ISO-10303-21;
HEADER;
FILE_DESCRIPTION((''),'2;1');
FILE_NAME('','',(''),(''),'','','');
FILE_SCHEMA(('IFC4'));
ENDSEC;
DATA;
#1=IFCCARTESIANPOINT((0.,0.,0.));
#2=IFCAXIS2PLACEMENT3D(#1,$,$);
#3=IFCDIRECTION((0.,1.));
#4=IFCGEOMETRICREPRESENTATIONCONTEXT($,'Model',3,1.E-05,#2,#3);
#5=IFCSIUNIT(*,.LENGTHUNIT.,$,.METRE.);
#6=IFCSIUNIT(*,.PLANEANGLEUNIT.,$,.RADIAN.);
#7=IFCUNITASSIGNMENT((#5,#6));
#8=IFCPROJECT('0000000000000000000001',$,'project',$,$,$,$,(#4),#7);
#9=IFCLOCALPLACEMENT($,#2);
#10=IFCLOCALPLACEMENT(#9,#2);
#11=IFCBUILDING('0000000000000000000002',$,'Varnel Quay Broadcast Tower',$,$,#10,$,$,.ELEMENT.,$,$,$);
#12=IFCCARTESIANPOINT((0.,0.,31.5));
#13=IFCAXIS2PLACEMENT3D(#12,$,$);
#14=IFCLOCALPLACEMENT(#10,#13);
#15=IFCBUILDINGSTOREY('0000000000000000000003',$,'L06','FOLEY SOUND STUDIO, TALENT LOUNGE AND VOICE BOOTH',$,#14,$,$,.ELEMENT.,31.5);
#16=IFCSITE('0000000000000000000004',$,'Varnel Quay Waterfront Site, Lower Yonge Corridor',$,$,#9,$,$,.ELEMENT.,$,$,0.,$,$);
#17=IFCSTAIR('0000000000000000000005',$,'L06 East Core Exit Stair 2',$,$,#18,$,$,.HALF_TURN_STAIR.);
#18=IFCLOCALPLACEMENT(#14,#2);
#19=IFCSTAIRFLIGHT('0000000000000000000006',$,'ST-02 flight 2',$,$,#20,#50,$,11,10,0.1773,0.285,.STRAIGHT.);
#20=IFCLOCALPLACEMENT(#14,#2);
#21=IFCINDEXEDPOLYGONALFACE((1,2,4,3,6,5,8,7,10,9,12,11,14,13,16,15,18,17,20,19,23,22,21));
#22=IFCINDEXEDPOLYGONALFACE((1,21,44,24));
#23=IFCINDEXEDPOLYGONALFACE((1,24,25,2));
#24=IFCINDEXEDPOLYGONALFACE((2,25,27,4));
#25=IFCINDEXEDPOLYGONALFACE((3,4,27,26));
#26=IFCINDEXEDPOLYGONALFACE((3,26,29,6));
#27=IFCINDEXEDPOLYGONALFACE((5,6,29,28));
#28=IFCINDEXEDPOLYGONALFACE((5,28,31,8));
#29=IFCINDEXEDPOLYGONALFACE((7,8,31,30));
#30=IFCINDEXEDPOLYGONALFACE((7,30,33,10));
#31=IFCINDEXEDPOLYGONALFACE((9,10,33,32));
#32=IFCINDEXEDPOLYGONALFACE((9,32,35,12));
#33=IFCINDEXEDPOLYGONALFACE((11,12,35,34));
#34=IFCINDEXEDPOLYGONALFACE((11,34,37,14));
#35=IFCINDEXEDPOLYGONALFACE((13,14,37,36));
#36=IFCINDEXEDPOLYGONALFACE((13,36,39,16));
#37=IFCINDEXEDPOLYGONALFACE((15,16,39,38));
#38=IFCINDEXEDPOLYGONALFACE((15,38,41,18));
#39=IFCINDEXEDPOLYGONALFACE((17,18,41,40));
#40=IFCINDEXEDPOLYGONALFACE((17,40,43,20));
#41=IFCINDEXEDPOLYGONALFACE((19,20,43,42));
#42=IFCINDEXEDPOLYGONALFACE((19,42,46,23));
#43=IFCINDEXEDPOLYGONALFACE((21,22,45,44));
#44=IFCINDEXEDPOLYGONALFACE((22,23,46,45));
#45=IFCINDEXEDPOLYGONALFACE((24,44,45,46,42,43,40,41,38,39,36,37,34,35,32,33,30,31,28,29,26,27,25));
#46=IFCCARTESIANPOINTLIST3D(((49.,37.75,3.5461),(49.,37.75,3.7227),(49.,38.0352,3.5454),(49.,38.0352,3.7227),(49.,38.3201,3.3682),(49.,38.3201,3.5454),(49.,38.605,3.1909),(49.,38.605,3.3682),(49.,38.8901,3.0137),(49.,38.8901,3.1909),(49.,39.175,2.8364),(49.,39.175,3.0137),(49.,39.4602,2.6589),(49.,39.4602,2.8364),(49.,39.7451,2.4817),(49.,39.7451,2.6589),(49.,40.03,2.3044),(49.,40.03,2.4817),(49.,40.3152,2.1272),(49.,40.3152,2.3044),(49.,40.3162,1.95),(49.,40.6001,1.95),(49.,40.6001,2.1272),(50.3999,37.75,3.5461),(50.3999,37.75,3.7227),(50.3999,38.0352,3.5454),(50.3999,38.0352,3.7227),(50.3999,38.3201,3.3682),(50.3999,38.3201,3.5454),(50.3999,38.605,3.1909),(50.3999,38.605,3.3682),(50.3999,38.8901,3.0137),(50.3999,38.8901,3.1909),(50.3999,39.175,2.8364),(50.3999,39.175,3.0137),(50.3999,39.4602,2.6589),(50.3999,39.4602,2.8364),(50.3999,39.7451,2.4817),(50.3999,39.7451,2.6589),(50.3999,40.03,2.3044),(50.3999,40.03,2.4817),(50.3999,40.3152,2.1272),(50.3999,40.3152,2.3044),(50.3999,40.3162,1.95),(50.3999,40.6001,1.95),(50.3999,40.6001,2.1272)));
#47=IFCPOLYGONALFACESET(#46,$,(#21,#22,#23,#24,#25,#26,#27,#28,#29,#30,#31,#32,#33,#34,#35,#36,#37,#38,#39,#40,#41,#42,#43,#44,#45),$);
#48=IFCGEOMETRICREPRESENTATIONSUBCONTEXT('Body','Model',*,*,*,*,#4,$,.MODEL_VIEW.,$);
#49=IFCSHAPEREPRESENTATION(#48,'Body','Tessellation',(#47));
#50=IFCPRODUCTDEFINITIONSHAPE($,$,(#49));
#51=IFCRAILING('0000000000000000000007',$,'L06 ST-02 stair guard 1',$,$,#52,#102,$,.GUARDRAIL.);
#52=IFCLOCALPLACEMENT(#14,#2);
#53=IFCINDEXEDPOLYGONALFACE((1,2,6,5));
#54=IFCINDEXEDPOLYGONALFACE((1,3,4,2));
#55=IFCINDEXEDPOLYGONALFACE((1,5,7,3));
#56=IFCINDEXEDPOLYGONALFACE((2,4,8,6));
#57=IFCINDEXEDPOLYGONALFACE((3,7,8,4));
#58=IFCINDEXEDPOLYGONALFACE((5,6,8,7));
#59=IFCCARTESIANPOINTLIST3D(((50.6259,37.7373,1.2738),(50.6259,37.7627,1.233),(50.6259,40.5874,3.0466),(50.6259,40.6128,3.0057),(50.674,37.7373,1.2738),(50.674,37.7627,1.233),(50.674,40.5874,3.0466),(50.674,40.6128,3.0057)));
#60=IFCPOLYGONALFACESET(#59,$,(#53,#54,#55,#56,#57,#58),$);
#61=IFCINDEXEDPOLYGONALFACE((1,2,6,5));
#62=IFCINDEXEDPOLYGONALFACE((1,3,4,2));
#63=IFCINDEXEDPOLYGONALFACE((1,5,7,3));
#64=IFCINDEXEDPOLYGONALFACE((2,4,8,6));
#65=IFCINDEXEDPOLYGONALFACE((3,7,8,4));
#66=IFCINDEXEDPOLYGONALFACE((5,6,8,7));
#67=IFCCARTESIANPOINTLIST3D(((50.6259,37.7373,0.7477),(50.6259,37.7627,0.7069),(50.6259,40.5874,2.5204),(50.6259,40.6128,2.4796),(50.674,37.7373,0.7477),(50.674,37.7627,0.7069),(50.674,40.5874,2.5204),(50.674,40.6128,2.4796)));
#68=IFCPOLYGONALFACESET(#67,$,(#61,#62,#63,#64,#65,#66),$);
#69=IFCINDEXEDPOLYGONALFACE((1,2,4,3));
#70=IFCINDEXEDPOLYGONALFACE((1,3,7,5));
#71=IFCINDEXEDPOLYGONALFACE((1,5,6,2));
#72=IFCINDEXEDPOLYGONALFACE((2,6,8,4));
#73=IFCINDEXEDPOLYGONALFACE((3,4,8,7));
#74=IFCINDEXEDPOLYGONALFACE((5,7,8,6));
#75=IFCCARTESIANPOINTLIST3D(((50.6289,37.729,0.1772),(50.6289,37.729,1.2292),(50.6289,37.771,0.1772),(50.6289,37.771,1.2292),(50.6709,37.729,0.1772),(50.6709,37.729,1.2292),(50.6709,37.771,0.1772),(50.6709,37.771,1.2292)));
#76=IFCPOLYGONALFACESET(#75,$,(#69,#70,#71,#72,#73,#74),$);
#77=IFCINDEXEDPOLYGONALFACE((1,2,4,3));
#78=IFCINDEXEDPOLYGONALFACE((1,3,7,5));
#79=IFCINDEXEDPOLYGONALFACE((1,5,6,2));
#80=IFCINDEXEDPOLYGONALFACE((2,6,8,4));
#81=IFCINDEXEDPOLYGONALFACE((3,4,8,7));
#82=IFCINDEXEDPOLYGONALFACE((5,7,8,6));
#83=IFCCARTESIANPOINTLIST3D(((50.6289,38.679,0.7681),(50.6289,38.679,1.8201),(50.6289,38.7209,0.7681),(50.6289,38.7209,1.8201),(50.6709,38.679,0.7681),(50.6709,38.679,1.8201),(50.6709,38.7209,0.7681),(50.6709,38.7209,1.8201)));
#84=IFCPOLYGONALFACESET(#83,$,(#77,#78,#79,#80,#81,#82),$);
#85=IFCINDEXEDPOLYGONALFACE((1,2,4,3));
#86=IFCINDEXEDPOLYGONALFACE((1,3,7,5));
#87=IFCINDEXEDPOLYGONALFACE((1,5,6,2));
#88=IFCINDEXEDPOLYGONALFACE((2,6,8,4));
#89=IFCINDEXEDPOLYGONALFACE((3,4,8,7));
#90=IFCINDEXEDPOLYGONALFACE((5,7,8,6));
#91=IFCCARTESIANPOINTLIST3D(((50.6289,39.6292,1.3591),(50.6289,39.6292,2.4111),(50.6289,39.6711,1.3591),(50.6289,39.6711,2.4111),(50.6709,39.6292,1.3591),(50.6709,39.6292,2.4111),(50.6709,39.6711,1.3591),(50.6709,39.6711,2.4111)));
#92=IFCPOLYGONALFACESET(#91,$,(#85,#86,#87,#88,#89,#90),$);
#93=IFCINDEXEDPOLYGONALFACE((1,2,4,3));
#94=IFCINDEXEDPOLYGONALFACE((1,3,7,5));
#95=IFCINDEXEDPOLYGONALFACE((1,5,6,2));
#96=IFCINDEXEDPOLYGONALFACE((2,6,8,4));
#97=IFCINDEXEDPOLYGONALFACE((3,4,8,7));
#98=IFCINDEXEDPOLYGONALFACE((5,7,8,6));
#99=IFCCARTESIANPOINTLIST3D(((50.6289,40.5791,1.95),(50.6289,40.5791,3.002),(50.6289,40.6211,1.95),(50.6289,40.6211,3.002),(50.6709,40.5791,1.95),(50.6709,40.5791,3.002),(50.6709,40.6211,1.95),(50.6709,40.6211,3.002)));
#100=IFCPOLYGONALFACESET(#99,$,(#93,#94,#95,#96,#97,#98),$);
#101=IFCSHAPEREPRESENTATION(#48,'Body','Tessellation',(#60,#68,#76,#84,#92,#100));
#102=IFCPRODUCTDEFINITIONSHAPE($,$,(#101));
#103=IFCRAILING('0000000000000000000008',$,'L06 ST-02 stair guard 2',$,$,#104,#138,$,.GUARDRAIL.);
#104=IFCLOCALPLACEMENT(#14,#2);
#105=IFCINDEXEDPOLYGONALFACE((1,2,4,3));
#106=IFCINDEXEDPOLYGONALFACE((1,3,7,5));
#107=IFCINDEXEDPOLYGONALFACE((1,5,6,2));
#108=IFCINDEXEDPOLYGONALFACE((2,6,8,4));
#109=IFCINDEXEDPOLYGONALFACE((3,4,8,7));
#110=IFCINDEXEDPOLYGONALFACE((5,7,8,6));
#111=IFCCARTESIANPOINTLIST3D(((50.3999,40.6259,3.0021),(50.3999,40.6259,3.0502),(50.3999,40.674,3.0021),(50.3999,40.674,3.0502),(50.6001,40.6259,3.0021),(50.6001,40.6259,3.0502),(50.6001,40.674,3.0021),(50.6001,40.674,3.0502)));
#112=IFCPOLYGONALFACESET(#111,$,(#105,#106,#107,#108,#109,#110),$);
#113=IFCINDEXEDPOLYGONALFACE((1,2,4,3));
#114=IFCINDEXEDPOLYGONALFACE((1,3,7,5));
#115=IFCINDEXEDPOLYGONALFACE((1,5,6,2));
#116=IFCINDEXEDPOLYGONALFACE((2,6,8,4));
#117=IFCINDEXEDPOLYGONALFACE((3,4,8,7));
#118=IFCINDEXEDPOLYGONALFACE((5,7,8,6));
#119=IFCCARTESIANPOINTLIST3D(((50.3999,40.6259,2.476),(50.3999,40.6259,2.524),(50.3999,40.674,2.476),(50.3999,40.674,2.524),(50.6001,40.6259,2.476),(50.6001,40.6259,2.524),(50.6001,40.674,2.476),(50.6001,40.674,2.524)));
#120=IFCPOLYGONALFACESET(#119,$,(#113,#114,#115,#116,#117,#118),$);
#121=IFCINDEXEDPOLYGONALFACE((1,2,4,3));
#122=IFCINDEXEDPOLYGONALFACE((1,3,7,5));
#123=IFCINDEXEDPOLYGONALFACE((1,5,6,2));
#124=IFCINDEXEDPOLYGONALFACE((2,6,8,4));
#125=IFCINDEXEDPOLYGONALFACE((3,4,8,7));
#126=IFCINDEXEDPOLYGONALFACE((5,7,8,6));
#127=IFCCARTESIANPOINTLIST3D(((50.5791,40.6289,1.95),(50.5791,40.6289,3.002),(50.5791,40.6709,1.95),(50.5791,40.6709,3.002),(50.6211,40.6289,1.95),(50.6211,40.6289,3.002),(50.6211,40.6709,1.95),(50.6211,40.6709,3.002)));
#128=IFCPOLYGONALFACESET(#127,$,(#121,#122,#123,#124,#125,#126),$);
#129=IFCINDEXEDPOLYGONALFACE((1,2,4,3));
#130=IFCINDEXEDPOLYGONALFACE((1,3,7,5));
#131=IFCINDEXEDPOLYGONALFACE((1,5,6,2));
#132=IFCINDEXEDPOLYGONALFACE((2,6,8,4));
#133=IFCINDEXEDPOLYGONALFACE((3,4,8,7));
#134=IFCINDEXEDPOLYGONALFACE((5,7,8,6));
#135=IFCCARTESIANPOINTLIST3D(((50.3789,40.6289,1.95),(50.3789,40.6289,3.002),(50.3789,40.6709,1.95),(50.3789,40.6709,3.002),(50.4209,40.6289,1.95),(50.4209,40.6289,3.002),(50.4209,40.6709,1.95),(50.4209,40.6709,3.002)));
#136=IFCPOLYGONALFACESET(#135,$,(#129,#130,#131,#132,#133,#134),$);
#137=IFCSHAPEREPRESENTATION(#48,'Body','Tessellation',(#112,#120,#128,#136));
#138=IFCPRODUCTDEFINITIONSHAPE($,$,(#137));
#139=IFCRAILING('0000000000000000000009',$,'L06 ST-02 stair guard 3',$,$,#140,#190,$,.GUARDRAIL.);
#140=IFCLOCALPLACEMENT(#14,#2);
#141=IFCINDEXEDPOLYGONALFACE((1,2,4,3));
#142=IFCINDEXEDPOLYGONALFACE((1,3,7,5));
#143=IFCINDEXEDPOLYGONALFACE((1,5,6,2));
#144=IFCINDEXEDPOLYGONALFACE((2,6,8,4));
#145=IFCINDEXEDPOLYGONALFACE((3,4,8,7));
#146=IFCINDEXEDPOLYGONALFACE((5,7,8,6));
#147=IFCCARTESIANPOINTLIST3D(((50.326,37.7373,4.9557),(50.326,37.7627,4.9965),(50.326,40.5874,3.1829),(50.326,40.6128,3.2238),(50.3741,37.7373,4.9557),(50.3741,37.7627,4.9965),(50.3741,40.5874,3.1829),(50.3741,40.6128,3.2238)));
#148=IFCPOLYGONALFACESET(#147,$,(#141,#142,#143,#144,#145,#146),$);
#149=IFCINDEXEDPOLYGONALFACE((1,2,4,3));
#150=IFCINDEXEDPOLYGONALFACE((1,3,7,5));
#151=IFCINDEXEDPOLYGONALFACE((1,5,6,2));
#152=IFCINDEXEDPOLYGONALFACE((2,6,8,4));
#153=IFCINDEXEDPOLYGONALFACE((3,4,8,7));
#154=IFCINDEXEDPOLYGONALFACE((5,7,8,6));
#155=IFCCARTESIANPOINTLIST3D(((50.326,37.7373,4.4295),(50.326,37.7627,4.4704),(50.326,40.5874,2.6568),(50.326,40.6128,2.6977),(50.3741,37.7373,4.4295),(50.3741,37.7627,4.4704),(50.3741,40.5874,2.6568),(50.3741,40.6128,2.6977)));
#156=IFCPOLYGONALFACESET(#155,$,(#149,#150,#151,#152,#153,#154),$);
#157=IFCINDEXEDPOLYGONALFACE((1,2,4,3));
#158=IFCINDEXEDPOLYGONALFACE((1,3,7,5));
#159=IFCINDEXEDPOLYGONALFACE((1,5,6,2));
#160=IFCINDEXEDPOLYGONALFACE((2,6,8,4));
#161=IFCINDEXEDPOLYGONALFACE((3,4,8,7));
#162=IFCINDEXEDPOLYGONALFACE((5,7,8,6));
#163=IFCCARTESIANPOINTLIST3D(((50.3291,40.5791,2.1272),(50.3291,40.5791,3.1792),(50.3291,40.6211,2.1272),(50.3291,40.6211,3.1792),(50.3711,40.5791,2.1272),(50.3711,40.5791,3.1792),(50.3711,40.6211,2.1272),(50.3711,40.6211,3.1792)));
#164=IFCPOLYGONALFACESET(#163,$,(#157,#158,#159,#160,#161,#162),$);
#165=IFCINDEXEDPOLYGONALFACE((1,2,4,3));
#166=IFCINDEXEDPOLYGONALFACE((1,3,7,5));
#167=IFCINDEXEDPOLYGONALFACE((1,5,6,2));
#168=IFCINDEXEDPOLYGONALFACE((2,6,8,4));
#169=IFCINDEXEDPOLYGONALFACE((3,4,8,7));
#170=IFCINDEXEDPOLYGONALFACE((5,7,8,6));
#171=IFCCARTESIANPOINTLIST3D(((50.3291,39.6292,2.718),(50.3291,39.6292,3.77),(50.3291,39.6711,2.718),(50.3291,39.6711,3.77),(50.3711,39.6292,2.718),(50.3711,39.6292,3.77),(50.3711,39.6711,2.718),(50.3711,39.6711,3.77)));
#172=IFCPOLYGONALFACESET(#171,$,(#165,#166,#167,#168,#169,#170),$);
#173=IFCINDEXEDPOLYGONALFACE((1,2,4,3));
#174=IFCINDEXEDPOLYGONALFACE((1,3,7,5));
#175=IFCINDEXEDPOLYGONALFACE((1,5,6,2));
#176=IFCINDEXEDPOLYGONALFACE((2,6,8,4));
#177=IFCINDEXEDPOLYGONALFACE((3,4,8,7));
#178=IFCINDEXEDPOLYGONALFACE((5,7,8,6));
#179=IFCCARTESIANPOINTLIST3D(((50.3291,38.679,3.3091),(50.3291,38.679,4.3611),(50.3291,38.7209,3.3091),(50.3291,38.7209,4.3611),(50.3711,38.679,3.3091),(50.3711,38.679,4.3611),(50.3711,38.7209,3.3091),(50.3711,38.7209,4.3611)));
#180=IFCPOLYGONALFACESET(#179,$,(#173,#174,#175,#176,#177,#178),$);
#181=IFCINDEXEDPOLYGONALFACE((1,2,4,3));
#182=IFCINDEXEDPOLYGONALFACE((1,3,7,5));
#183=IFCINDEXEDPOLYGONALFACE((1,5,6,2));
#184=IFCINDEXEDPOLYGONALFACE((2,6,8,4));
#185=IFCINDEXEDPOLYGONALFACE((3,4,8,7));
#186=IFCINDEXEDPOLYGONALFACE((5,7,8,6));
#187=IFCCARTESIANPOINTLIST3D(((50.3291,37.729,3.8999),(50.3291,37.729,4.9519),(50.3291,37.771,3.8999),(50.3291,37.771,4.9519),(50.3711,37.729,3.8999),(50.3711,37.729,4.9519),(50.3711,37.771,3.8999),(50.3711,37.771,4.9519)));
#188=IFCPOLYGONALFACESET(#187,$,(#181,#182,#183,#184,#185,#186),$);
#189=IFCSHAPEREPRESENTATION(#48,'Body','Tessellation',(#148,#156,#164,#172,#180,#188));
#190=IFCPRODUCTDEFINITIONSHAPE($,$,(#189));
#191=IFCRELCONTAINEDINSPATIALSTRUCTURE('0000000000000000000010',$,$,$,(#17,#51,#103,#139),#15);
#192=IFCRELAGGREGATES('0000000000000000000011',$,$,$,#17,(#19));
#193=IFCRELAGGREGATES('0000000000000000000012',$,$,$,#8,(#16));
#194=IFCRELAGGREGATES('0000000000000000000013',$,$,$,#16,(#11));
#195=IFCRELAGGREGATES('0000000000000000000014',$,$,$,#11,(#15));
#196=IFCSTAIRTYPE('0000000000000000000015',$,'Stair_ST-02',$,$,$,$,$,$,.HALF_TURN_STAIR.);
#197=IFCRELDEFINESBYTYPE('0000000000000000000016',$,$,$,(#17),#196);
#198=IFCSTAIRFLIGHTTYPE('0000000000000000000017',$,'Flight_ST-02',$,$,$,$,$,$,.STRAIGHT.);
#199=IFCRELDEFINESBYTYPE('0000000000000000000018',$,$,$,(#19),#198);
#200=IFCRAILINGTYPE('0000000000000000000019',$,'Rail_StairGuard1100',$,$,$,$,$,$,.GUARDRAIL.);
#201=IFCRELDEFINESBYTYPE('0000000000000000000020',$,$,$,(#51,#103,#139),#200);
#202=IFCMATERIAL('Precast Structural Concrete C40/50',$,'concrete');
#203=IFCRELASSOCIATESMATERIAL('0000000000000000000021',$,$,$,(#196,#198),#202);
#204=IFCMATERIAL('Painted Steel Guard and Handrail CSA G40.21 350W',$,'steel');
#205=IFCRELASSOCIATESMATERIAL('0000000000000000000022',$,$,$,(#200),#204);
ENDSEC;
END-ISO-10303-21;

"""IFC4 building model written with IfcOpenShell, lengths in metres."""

from ifc_helpers import new_model, si_unit, direction, frame, origin, origin_2d, place, context, subcontext, project, spatial, polyline, rectangle, outline, extrude, material, type_object, element, aggregate, save


model = new_model("IFC4")

# Units and contexts
model_context = context("Model", 3, precision=1e-05, world=origin(), true_north=direction((0.0, 1.0)))
body_context = subcontext(model_context, "Body", "Model", "MODEL_VIEW")
ifc_project = project(units=[si_unit("LENGTHUNIT", "METRE"), si_unit("PLANEANGLEUNIT", "RADIAN")], contexts=[model_context])

# Site, building, storey
site_placement = place(None, origin())
site = spatial("IfcSite", under=ifc_project, at=site_placement, Name="Varnel Quay Waterfront Site, Lower Yonge Corridor", CompositionType="ELEMENT", RefElevation=0.0)
building_placement = place(site_placement, origin())
building = spatial("IfcBuilding", under=site, at=building_placement, Name="Varnel Quay Broadcast Tower", CompositionType="ELEMENT")
storey_placement = place(building_placement, frame((0.0, 0.0, 31.5)))
storey = spatial("IfcBuildingStorey", under=building, at=storey_placement, Name="L06", Description="FOLEY SOUND STUDIO, TALENT LOUNGE AND VOICE BOOTH", CompositionType="ELEMENT", Elevation=31.5)

# Stair, stair flight
ifc_material_1 = material(Name="Precast Structural Concrete C40/50", Category="concrete")
stair_type = type_object("IfcStairType", Name="Stair_ST-02", PredefinedType="HALF_TURN_STAIR", material=ifc_material_1)
stair_placement = place(storey_placement, origin())
stair = element("IfcStair", 1, at=stair_placement, inside=storey, type_object=stair_type, Name="L06 East Core Exit Stair 2", PredefinedType="HALF_TURN_STAIR")
stair_flight_type = type_object("IfcStairFlightType", Name="Flight_ST-02", PredefinedType="STRAIGHT", material=ifc_material_1)
stair_flight_1_placement = place(storey_placement, frame((49.7, 40.6001, 1.95), z_axis=(0.0, 0.0, 1.0), x_axis=(0.0, -1.0, 0.0)))
stair_flight_1 = element("IfcStairFlight", 2, at=stair_flight_1_placement, type_object=stair_flight_type, Name="ST-02 flight 2", NumberOfRisers=11, NumberOfTreads=10, PredefinedType="STRAIGHT", RiserHeight=0.1773, TreadLength=0.285, context=body_context, shape_type="SweptSolid", body=[
    extrude(outline(polyline([(0.0, 0.0), (0.0, 0.1772), (0.2849, 0.1772), (0.2849, 0.3545), (0.5701, 0.3545), (0.5701, 0.5317), (0.855, 0.5317), (0.855, 0.709), (1.1399, 0.709), (1.1399, 0.8865), (1.425, 0.8865), (1.425, 1.0637), (1.71, 1.0637), (1.71, 1.241), (1.9951, 1.241), (1.9951, 1.4182), (2.28, 1.4182), (2.28, 1.5955), (2.5649, 1.5955), (2.5649, 1.7727), (2.8501, 1.7727), (2.8501, 1.95), (2.8501, 1.5962), (0.2839, 0.0), (0.0, 0.0)])), frame((0.0, 0.7, 0.0), z_axis=(0.0, -1.0, 0.0), x_axis=(1.0, 0.0, 0.0)), (0.0, 0.0, 1.0), 1.3999),
])
aggregate(stair, [stair_flight_1])

# Railings
ifc_material_2 = material(Name="Painted Steel Guard and Handrail CSA G40.21 350W", Category="steel")
railing_type_1 = type_object("IfcRailingType", Name="Rail_StairGuard1100", PredefinedType="GUARDRAIL", material=ifc_material_2)
railing_1_placement = place(storey_placement, frame((50.6499, 37.75, 0.1772)))
element("IfcRailing", 3, at=railing_1_placement, inside=storey, type_object=railing_type_1, Name="L06 ST-02 stair guard 1", PredefinedType="GUARDRAIL", context=body_context, shape_type="SweptSolid", body=[
    extrude(rectangle(XDim=0.0481, YDim=0.0481, at=origin_2d()), frame((0.0, 0.0, 1.0762), z_axis=(0.0, 0.849149, 0.528154), x_axis=(-1.0, 0.0, 0.0)), (0.0, 0.0, 1.0), 3.3564),
    extrude(rectangle(XDim=0.0481, YDim=0.0481, at=origin_2d()), frame((0.0, 0.0, 0.55), z_axis=(0.0, 0.849149, 0.528154), x_axis=(-1.0, 0.0, 0.0)), (0.0, 0.0, 1.0), 3.3564),
    extrude(rectangle(XDim=0.042, YDim=0.042, at=origin_2d()), origin(), (0.0, 0.0, 1.0), 1.052),
    extrude(rectangle(XDim=0.042, YDim=0.042, at=origin_2d()), frame((0.0, 0.95, 0.5908)), (0.0, 0.0, 1.0), 1.052),
    extrude(rectangle(XDim=0.042, YDim=0.042, at=origin_2d()), frame((0.0, 1.9001, 1.1819)), (0.0, 0.0, 1.0), 1.052),
    extrude(rectangle(XDim=0.042, YDim=0.042, at=origin_2d()), frame((0.0, 2.8501, 1.7727)), (0.0, 0.0, 1.0), 1.052),
])
railing_2_placement = place(storey_placement, frame((50.6001, 40.6499, 1.95)))
element("IfcRailing", 4, at=railing_2_placement, inside=storey, type_object=railing_type_1, Name="L06 ST-02 stair guard 2", PredefinedType="GUARDRAIL", context=body_context, shape_type="SweptSolid", body=[
    extrude(rectangle(XDim=0.0481, YDim=0.0481, at=origin_2d()), frame((0.0, 0.0, 1.0762), z_axis=(-1.0, 0.0, 0.0), x_axis=(0.0, -1.0, 0.0)), (0.0, 0.0, 1.0), 0.2002),
    extrude(rectangle(XDim=0.0481, YDim=0.0481, at=origin_2d()), frame((0.0, 0.0, 0.55), z_axis=(-1.0, 0.0, 0.0), x_axis=(0.0, -1.0, 0.0)), (0.0, 0.0, 1.0), 0.2002),
    extrude(rectangle(XDim=0.042, YDim=0.042, at=origin_2d()), origin(), (0.0, 0.0, 1.0), 1.052),
    extrude(rectangle(XDim=0.042, YDim=0.042, at=origin_2d()), frame((-0.2002, 0.0, 0.0)), (0.0, 0.0, 1.0), 1.052),
])
railing_3_placement = place(storey_placement, frame((50.3501, 40.6001, 2.1272)))
element("IfcRailing", 5, at=railing_3_placement, inside=storey, type_object=railing_type_1, Name="L06 ST-02 stair guard 3", PredefinedType="GUARDRAIL", context=body_context, shape_type="SweptSolid", body=[
    extrude(rectangle(XDim=0.0481, YDim=0.0481, at=origin_2d()), frame((0.0, 0.0, 1.0762), z_axis=(0.0, -0.849149, 0.528154), x_axis=(1.0, 0.0, 0.0)), (0.0, 0.0, 1.0), 3.3564),
    extrude(rectangle(XDim=0.0481, YDim=0.0481, at=origin_2d()), frame((0.0, 0.0, 0.55), z_axis=(0.0, -0.849149, 0.528154), x_axis=(1.0, 0.0, 0.0)), (0.0, 0.0, 1.0), 3.3564),
    extrude(rectangle(XDim=0.042, YDim=0.042, at=origin_2d()), origin(), (0.0, 0.0, 1.0), 1.052),
    extrude(rectangle(XDim=0.042, YDim=0.042, at=origin_2d()), frame((0.0, -0.95, 0.5908)), (0.0, 0.0, 1.0), 1.052),
    extrude(rectangle(XDim=0.042, YDim=0.042, at=origin_2d()), frame((0.0, -1.9001, 1.1819)), (0.0, 0.0, 1.0), 1.052),
    extrude(rectangle(XDim=0.042, YDim=0.042, at=origin_2d()), frame((0.0, -2.8501, 1.7727)), (0.0, 0.0, 1.0), 1.052),
])

save(model, "model.ifc")
